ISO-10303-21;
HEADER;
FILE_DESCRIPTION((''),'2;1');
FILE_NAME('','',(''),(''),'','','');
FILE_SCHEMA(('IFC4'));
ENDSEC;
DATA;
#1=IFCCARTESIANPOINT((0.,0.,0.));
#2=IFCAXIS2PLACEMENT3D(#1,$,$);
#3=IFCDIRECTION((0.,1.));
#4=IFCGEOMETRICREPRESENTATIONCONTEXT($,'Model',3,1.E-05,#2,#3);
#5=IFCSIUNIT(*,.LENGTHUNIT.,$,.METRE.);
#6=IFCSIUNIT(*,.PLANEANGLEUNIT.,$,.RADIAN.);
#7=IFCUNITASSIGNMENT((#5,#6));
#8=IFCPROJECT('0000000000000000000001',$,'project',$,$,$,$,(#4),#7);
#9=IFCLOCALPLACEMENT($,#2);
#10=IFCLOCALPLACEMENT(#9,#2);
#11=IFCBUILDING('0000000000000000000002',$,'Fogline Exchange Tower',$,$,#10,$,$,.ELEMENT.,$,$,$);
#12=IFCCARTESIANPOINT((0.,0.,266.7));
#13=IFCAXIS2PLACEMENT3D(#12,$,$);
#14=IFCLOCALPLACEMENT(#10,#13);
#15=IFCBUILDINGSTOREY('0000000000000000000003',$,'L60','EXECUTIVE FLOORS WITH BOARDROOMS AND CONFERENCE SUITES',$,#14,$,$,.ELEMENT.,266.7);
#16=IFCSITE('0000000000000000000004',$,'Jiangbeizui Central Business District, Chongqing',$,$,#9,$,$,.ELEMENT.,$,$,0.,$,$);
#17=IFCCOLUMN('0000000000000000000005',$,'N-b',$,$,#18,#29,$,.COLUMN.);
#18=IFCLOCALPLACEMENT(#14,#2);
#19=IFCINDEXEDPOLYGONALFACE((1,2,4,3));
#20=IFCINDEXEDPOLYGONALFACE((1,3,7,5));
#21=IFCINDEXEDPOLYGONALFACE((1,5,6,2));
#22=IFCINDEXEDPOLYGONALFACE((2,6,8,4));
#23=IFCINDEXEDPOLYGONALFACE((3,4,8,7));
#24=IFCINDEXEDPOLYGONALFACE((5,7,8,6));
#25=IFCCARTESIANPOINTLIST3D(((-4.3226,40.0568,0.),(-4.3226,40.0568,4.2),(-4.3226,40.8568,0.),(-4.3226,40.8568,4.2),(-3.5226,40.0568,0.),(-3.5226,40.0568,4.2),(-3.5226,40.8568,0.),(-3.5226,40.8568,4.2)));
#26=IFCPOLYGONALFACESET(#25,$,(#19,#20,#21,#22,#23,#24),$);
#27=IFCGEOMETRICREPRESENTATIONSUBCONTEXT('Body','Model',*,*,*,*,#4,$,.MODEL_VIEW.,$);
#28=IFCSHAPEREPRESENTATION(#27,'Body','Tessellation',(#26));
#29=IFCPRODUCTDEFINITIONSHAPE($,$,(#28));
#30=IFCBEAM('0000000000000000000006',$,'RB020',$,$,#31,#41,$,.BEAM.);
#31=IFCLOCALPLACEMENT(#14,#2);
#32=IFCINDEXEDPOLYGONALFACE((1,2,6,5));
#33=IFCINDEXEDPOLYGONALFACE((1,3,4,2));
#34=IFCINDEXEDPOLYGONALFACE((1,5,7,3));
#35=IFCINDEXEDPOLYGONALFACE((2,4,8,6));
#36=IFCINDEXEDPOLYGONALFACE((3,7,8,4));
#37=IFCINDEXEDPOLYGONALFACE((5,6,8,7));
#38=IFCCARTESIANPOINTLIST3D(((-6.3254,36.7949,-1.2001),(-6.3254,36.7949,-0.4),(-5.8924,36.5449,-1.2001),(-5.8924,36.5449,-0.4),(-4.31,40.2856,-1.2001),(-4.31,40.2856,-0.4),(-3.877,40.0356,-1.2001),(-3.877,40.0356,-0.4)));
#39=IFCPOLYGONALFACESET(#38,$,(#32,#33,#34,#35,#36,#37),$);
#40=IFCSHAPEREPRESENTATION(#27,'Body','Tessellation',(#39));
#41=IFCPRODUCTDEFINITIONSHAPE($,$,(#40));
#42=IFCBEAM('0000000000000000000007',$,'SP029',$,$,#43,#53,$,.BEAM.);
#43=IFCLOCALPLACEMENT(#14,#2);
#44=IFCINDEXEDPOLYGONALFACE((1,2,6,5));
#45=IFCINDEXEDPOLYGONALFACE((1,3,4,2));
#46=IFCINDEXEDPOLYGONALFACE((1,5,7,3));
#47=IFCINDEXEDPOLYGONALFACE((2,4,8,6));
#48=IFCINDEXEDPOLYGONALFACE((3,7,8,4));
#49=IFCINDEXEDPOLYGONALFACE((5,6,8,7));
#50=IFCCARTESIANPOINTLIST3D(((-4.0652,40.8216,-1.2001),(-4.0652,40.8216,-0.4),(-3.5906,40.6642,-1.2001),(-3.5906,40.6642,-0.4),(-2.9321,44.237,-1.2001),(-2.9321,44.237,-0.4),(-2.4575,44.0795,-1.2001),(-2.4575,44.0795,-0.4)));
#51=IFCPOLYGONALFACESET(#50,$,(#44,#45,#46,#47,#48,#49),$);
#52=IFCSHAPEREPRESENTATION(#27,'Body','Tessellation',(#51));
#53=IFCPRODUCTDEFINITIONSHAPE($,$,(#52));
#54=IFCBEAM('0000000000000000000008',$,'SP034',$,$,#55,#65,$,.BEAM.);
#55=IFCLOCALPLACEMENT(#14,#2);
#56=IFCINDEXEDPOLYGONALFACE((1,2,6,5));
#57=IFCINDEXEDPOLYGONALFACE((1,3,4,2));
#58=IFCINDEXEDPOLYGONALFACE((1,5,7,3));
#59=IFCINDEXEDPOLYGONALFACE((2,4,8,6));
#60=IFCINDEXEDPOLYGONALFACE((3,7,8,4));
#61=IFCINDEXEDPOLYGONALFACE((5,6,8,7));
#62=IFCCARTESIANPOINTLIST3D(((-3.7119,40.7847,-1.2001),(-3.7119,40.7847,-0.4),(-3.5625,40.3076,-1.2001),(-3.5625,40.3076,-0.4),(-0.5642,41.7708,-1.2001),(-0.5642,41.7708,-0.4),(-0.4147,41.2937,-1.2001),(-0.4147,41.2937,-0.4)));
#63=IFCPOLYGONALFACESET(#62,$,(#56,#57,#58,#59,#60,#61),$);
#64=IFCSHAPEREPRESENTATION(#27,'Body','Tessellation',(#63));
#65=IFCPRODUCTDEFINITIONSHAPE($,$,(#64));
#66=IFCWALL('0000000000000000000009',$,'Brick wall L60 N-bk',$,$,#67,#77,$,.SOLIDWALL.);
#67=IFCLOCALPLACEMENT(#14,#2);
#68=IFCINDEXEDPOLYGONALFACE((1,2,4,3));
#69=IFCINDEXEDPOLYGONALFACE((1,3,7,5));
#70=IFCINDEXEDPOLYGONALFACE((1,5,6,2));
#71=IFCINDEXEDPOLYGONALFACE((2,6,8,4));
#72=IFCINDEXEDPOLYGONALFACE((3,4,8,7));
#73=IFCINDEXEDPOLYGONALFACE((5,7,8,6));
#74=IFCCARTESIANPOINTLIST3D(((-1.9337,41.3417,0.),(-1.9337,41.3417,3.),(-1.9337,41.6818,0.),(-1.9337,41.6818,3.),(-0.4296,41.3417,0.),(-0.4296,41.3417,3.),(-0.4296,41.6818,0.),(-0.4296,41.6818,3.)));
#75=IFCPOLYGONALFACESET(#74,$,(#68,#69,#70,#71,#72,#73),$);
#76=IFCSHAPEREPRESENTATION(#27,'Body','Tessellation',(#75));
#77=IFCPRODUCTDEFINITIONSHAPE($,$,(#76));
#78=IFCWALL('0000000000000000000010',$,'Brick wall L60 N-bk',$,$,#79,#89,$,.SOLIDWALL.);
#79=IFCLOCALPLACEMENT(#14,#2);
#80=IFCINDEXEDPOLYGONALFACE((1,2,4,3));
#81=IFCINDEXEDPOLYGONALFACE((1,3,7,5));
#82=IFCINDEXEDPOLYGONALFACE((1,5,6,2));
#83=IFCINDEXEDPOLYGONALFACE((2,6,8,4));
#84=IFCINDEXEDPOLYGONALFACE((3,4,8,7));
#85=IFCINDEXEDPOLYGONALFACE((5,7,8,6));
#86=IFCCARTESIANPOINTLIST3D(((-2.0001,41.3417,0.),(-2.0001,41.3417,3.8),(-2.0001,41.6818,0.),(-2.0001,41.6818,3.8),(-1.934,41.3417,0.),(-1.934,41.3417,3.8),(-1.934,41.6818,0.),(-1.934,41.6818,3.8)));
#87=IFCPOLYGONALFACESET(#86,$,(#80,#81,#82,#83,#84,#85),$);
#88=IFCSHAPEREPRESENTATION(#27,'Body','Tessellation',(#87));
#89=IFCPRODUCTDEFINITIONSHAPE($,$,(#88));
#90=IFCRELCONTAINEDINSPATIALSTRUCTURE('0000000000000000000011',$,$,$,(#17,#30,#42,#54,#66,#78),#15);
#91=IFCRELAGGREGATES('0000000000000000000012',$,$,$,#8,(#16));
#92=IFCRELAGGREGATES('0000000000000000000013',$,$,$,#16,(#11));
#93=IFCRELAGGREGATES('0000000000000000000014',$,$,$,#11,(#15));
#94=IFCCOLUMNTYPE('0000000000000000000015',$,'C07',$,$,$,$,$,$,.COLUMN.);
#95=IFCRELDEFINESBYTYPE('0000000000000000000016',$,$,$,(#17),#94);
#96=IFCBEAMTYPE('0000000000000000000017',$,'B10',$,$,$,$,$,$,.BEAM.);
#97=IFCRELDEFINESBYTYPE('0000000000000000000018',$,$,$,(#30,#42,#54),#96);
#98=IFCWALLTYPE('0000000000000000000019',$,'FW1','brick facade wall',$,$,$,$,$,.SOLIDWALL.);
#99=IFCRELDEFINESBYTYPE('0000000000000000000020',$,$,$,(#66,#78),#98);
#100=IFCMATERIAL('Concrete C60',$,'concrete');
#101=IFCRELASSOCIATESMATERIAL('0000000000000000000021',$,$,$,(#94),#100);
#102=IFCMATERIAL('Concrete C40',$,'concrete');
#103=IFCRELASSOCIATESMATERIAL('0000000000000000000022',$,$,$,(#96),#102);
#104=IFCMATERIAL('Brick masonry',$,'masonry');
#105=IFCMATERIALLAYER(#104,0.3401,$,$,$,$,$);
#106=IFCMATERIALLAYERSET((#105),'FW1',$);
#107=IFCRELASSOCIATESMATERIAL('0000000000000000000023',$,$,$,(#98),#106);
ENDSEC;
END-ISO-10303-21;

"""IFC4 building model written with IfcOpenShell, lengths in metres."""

from ifc_helpers import new_model, si_unit, direction, frame, frame_2d, origin, origin_2d, place, context, subcontext, project, spatial, rectangle, extrude, material, layer, layer_set, material_profile, profile_set, type_object, element, save


model = new_model("IFC4")

# Units and contexts
model_context = context("Model", 3, precision=1e-05, world=origin(), true_north=direction((0.0, 1.0)))
body_context = subcontext(model_context, "Body", "Model", "MODEL_VIEW")
ifc_project = project(units=[si_unit("LENGTHUNIT", "METRE"), si_unit("PLANEANGLEUNIT", "RADIAN")], contexts=[model_context])

# Site, building, storey
site_placement = place(None, origin())
site = spatial("IfcSite", under=ifc_project, at=site_placement, Name="Jiangbeizui Central Business District, Chongqing", CompositionType="ELEMENT", RefElevation=0.0)
building_placement = place(site_placement, origin())
building = spatial("IfcBuilding", under=site, at=building_placement, Name="Fogline Exchange Tower", CompositionType="ELEMENT")
storey_placement = place(building_placement, frame((0.0, 0.0, 266.7)))
storey = spatial("IfcBuildingStorey", under=building, at=storey_placement, Name="L60", Description="EXECUTIVE FLOORS WITH BOARDROOMS AND CONFERENCE SUITES", CompositionType="ELEMENT", Elevation=266.7)

# Column
ifc_material_1 = material(Name="Concrete C60", Category="concrete")
ifc_material_profile_1 = material_profile(ifc_material_1, rectangle(XDim=0.8, YDim=0.8, at=origin_2d()), Name="RC 800x800")
ifc_profile_set_1 = profile_set([ifc_material_profile_1], Name="Concrete C60")
column_type = type_object("IfcColumnType", Name="C07", PredefinedType="COLUMN", material=ifc_profile_set_1)
column_placement = place(storey_placement, frame((-3.9226, 40.4568, 0.0), z_axis=(0.0, 0.0, 1.0), x_axis=(1.0, 0.0, 0.0)))
element("IfcColumn", 1, at=column_placement, inside=storey, type_object=column_type, Name="N-b", PredefinedType="COLUMN", context=body_context, shape_type="SweptSolid", body=[
    extrude(rectangle(XDim=0.8, YDim=0.8, at=origin_2d()), origin(), (0.0, 0.0, 1.0), 4.2),
])

# Beams
ifc_material_2 = material(Name="Concrete C40", Category="concrete")
ifc_material_profile_2 = material_profile(ifc_material_2, rectangle(XDim=0.5, YDim=0.8, at=origin_2d()), Name="RC 500x800")
ifc_profile_set_2 = profile_set([ifc_material_profile_2], Name="Concrete C40")
beam_type = type_object("IfcBeamType", Name="B10", PredefinedType="BEAM", material=ifc_profile_set_2)
beam_1_placement = place(storey_placement, frame((-4.0935, 40.1606, -0.8), z_axis=(-0.500002, -0.866024, 0.0), x_axis=(0.866024, -0.500002, 0.0)))
element("IfcBeam", 2, at=beam_1_placement, inside=storey, type_object=beam_type, Name="RB020", PredefinedType="BEAM", context=body_context, shape_type="SweptSolid", body=[
    extrude(rectangle(XDim=0.5, YDim=0.8, at=origin_2d()), origin(), (0.0, 0.0, 1.0), 4.0308),
])
beam_2_placement = place(storey_placement, frame((-3.8279, 40.7429, -0.8), z_axis=(0.314884, 0.94913, 0.0), x_axis=(-0.94913, 0.314884, 0.0)))
element("IfcBeam", 3, at=beam_2_placement, inside=storey, type_object=beam_type, Name="SP029", PredefinedType="BEAM", context=body_context, shape_type="SweptSolid", body=[
    extrude(rectangle(XDim=0.5, YDim=0.8, at=origin_2d()), origin(), (0.0, 0.0, 1.0), 3.5984),
])
beam_3_placement = place(storey_placement, frame((-3.6372, 40.5461, -0.8), z_axis=(0.95427, 0.298945, 0.0), x_axis=(-0.298945, 0.95427, 0.0)))
element("IfcBeam", 4, at=beam_3_placement, inside=storey, type_object=beam_type, Name="SP034", PredefinedType="BEAM", context=body_context, shape_type="SweptSolid", body=[
    extrude(rectangle(XDim=0.5, YDim=0.8, at=origin_2d()), origin(), (0.0, 0.0, 1.0), 3.2986),
])

# Walls
ifc_material_3 = material(Name="Brick masonry", Category="masonry")
ifc_layer = layer(ifc_material_3, 0.3401)
ifc_layer_set = layer_set([ifc_layer], Name="FW1")
wall_type = type_object("IfcWallType", Name="FW1", Description="brick facade wall", PredefinedType="SOLIDWALL", material=ifc_layer_set)
wall_1_placement = place(storey_placement, frame((-0.4297, 41.5117, 0.0), z_axis=(0.0, 0.0, 1.0), x_axis=(-1.0, 0.0, 0.0)))
element("IfcWall", 5, at=wall_1_placement, inside=storey, type_object=wall_type, Name="Brick wall L60 N-bk", PredefinedType="SOLIDWALL", context=body_context, shape_type="SweptSolid", body=[
    extrude(rectangle(XDim=1.5042, YDim=0.3401, at=frame_2d((0.752, 0.0))), origin(), (0.0, 0.0, 1.0), 3.0),
])
wall_2_placement = place(storey_placement, frame((-1.9338, 41.5117, 0.0), z_axis=(0.0, 0.0, 1.0), x_axis=(-1.0, 0.0, 0.0)))
element("IfcWall", 6, at=wall_2_placement, inside=storey, type_object=wall_type, Name="Brick wall L60 N-bk", PredefinedType="SOLIDWALL", context=body_context, shape_type="SweptSolid", body=[
    extrude(rectangle(XDim=0.0662, YDim=0.3401, at=frame_2d((0.0332, 0.0))), origin(), (0.0, 0.0, 1.0), 3.8),
])

save(model, "model.ifc")
